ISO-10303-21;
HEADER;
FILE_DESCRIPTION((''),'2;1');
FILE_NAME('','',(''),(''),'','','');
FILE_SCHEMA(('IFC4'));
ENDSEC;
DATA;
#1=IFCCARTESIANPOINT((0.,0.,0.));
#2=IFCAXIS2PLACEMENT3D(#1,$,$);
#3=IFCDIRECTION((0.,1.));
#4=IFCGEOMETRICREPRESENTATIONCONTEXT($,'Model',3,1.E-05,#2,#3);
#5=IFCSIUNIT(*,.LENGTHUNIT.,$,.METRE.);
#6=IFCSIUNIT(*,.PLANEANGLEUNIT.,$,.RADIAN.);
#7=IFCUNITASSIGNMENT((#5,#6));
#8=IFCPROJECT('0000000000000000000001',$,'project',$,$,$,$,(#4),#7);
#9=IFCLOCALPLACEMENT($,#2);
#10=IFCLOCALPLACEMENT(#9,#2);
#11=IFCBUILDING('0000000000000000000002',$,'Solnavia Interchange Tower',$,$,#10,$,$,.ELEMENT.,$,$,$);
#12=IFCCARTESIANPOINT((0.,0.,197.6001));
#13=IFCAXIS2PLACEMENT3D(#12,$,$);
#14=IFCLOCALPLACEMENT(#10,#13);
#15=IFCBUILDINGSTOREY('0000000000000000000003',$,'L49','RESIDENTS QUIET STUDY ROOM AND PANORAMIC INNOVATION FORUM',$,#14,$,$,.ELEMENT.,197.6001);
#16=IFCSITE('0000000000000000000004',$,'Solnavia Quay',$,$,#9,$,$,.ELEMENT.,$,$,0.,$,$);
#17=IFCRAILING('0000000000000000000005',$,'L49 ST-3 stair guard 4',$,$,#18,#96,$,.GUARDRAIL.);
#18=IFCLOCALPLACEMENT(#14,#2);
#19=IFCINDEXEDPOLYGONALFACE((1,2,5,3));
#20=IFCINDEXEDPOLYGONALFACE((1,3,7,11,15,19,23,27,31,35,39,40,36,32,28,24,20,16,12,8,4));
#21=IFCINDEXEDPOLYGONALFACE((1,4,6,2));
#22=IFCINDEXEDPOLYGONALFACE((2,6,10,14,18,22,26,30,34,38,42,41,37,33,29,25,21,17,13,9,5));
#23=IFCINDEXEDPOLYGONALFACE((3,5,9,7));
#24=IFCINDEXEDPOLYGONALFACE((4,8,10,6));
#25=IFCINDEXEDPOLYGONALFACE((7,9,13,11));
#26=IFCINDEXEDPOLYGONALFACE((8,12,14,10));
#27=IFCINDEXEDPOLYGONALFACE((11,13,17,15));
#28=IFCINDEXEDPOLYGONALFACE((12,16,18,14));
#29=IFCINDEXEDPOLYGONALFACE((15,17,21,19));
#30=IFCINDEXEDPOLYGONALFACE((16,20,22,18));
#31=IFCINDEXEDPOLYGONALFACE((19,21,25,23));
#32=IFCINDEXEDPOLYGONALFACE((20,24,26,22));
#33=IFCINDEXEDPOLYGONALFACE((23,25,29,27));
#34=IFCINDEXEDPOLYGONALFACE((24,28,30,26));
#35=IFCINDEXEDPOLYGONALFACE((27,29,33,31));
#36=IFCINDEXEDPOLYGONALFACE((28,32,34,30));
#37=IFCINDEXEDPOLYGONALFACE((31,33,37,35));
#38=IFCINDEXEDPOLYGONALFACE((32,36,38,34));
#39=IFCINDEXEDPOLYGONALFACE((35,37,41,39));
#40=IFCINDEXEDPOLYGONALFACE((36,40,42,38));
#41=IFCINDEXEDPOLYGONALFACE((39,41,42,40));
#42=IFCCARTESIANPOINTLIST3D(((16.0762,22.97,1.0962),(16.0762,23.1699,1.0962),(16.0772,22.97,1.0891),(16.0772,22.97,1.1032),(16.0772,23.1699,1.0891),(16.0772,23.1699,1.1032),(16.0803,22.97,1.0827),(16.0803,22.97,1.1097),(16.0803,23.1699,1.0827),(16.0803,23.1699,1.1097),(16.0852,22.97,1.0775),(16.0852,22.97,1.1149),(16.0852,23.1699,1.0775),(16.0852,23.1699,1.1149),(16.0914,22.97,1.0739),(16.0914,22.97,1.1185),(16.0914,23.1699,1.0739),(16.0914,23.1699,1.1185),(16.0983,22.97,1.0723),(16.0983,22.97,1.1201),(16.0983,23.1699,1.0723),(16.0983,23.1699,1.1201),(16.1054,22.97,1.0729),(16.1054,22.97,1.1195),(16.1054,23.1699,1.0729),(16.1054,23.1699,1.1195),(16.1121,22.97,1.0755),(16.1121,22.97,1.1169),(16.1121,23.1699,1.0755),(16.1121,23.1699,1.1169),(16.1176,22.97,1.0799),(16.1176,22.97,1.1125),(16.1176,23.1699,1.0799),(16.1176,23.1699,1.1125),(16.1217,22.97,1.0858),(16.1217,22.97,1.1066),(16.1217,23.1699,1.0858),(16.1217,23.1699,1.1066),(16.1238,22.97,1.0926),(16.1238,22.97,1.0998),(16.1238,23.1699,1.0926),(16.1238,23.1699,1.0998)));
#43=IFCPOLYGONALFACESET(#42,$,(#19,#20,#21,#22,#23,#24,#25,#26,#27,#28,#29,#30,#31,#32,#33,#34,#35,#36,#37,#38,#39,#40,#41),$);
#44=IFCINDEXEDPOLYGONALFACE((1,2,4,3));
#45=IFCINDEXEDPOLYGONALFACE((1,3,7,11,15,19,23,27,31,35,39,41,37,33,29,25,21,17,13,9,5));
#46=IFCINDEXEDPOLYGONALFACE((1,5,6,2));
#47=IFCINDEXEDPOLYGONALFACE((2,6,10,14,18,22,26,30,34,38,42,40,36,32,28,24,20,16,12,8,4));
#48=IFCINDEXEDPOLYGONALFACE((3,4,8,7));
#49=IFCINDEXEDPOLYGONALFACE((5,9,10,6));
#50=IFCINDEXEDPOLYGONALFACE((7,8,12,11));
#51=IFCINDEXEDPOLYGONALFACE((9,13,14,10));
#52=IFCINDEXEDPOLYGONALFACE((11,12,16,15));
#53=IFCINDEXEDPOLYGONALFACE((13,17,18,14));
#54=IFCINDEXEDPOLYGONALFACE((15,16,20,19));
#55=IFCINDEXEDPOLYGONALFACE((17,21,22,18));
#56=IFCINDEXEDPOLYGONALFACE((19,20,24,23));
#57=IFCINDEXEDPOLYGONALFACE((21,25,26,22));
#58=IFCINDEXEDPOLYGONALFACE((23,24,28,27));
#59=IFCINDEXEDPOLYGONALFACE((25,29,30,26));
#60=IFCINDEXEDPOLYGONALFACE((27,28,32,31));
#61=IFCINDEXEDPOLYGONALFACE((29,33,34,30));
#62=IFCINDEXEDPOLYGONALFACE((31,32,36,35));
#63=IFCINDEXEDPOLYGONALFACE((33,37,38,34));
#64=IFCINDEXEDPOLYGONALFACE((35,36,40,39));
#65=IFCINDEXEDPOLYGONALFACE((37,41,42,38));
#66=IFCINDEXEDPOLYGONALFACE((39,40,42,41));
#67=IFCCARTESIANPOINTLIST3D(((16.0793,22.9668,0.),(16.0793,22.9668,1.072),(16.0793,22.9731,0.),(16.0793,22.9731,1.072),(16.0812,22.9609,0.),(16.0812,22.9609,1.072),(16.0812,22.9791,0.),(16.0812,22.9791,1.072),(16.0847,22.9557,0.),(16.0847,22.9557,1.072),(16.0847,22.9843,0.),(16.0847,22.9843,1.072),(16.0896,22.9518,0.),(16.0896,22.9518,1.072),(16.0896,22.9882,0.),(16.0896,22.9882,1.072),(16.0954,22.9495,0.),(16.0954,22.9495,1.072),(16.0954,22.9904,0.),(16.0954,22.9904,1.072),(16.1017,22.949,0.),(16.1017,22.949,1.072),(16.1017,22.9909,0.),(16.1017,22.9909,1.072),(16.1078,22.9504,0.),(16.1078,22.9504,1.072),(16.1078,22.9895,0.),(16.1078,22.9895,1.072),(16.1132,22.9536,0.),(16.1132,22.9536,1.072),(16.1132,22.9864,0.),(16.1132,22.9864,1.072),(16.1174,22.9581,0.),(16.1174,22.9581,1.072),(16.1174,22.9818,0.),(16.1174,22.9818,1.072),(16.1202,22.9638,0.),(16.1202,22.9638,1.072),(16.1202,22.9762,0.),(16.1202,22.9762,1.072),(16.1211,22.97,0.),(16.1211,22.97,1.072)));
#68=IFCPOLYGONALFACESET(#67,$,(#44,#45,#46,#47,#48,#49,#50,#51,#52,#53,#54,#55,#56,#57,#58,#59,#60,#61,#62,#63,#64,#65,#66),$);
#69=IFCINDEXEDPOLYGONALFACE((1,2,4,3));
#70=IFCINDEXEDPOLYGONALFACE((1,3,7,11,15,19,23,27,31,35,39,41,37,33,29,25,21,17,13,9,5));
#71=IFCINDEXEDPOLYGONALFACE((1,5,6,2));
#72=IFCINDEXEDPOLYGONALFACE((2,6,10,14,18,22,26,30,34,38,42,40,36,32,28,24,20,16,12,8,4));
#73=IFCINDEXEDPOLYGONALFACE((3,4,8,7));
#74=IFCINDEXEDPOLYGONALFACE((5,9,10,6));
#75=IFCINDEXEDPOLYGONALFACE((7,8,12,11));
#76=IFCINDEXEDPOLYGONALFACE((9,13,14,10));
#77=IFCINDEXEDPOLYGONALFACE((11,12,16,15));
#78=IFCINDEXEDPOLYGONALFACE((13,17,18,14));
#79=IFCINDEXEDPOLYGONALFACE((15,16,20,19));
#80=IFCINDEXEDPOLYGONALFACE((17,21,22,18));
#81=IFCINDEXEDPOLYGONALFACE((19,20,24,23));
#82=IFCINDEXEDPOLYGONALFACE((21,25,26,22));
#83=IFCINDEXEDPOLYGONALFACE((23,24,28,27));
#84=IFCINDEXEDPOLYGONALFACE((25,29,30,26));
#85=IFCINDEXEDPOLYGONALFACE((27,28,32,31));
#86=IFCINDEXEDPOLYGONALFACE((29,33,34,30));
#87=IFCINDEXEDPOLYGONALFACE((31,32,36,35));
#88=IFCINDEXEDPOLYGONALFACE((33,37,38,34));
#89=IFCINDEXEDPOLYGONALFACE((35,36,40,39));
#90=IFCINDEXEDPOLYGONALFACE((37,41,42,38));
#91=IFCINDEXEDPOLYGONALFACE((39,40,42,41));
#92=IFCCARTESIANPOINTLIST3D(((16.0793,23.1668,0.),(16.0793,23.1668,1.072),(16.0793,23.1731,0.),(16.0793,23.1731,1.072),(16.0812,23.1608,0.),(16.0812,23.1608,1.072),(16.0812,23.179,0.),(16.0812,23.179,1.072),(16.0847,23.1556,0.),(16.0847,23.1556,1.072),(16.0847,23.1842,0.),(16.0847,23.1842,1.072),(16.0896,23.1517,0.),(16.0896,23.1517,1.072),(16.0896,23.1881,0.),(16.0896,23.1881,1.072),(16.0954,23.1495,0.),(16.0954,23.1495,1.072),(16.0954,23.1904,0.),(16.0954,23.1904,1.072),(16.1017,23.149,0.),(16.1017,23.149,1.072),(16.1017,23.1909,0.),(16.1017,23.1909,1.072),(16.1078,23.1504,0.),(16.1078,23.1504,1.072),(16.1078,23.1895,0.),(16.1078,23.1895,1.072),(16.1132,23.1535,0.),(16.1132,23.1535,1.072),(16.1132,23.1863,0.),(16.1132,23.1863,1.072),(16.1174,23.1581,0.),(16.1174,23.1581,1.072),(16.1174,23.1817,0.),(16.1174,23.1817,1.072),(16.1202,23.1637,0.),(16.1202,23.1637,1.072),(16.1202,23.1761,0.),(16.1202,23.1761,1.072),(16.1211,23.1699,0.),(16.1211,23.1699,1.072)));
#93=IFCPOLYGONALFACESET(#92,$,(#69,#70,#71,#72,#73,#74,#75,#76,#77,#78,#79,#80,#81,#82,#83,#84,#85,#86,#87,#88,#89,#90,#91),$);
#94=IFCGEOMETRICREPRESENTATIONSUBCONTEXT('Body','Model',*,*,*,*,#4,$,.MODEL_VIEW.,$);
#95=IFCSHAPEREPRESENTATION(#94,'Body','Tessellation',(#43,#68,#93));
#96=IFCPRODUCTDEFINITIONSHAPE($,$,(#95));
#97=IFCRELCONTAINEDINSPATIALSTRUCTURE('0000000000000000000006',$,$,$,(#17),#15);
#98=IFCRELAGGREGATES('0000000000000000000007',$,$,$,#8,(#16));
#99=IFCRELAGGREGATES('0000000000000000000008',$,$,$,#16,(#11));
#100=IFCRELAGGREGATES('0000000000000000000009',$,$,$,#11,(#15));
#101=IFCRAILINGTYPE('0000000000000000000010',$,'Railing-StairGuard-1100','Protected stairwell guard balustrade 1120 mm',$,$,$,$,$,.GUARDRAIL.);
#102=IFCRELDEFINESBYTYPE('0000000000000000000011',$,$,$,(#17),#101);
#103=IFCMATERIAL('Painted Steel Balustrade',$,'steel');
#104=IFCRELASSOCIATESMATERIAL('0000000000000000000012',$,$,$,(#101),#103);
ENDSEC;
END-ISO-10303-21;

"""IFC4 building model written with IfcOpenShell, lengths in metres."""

from ifc_helpers import new_model, si_unit, direction, frame, origin, origin_2d, place, context, subcontext, project, spatial, circle, extrude, material, type_object, element, save


model = new_model("IFC4")

# Units and contexts
model_context = context("Model", 3, precision=1e-05, world=origin(), true_north=direction((0.0, 1.0)))
body_context = subcontext(model_context, "Body", "Model", "MODEL_VIEW")
ifc_project = project(units=[si_unit("LENGTHUNIT", "METRE"), si_unit("PLANEANGLEUNIT", "RADIAN")], contexts=[model_context])

# Site, building, storey
site_placement = place(None, origin())
site = spatial("IfcSite", under=ifc_project, at=site_placement, Name="Solnavia Quay", CompositionType="ELEMENT", RefElevation=0.0)
building_placement = place(site_placement, origin())
building = spatial("IfcBuilding", under=site, at=building_placement, Name="Solnavia Interchange Tower", CompositionType="ELEMENT")
storey_placement = place(building_placement, frame((0.0, 0.0, 197.6001)))
storey = spatial("IfcBuildingStorey", under=building, at=storey_placement, Name="L49", Description="RESIDENTS QUIET STUDY ROOM AND PANORAMIC INNOVATION FORUM", CompositionType="ELEMENT", Elevation=197.6001)

# Railing
ifc_material_1 = material(Name="Painted Steel Balustrade", Category="steel")
railing_type_1 = type_object("IfcRailingType", Name="Railing-StairGuard-1100", Description="Protected stairwell guard balustrade 1120 mm", PredefinedType="GUARDRAIL", material=ifc_material_1)
railing_1_placement = place(storey_placement, frame((16.1001, 22.97, 0.0)))
element("IfcRailing", 1, at=railing_1_placement, inside=storey, type_object=railing_type_1, Name="L49 ST-3 stair guard 4", PredefinedType="GUARDRAIL", context=body_context, shape_type="SweptSolid", body=[
    extrude(circle(Radius=0.0239, at=origin_2d()), frame((0.0, 0.0, 1.0962), z_axis=(0.0, 1.0, 0.0), x_axis=(-1.0, 0.0, 0.0)), (0.0, 0.0, 1.0), 0.2),
    extrude(circle(Radius=0.021, at=origin_2d()), origin(), (0.0, 0.0, 1.0), 1.072),
    extrude(circle(Radius=0.021, at=origin_2d()), frame((0.0, 0.2, 0.0)), (0.0, 0.0, 1.0), 1.072),
])

save(model, "model.ifc")
